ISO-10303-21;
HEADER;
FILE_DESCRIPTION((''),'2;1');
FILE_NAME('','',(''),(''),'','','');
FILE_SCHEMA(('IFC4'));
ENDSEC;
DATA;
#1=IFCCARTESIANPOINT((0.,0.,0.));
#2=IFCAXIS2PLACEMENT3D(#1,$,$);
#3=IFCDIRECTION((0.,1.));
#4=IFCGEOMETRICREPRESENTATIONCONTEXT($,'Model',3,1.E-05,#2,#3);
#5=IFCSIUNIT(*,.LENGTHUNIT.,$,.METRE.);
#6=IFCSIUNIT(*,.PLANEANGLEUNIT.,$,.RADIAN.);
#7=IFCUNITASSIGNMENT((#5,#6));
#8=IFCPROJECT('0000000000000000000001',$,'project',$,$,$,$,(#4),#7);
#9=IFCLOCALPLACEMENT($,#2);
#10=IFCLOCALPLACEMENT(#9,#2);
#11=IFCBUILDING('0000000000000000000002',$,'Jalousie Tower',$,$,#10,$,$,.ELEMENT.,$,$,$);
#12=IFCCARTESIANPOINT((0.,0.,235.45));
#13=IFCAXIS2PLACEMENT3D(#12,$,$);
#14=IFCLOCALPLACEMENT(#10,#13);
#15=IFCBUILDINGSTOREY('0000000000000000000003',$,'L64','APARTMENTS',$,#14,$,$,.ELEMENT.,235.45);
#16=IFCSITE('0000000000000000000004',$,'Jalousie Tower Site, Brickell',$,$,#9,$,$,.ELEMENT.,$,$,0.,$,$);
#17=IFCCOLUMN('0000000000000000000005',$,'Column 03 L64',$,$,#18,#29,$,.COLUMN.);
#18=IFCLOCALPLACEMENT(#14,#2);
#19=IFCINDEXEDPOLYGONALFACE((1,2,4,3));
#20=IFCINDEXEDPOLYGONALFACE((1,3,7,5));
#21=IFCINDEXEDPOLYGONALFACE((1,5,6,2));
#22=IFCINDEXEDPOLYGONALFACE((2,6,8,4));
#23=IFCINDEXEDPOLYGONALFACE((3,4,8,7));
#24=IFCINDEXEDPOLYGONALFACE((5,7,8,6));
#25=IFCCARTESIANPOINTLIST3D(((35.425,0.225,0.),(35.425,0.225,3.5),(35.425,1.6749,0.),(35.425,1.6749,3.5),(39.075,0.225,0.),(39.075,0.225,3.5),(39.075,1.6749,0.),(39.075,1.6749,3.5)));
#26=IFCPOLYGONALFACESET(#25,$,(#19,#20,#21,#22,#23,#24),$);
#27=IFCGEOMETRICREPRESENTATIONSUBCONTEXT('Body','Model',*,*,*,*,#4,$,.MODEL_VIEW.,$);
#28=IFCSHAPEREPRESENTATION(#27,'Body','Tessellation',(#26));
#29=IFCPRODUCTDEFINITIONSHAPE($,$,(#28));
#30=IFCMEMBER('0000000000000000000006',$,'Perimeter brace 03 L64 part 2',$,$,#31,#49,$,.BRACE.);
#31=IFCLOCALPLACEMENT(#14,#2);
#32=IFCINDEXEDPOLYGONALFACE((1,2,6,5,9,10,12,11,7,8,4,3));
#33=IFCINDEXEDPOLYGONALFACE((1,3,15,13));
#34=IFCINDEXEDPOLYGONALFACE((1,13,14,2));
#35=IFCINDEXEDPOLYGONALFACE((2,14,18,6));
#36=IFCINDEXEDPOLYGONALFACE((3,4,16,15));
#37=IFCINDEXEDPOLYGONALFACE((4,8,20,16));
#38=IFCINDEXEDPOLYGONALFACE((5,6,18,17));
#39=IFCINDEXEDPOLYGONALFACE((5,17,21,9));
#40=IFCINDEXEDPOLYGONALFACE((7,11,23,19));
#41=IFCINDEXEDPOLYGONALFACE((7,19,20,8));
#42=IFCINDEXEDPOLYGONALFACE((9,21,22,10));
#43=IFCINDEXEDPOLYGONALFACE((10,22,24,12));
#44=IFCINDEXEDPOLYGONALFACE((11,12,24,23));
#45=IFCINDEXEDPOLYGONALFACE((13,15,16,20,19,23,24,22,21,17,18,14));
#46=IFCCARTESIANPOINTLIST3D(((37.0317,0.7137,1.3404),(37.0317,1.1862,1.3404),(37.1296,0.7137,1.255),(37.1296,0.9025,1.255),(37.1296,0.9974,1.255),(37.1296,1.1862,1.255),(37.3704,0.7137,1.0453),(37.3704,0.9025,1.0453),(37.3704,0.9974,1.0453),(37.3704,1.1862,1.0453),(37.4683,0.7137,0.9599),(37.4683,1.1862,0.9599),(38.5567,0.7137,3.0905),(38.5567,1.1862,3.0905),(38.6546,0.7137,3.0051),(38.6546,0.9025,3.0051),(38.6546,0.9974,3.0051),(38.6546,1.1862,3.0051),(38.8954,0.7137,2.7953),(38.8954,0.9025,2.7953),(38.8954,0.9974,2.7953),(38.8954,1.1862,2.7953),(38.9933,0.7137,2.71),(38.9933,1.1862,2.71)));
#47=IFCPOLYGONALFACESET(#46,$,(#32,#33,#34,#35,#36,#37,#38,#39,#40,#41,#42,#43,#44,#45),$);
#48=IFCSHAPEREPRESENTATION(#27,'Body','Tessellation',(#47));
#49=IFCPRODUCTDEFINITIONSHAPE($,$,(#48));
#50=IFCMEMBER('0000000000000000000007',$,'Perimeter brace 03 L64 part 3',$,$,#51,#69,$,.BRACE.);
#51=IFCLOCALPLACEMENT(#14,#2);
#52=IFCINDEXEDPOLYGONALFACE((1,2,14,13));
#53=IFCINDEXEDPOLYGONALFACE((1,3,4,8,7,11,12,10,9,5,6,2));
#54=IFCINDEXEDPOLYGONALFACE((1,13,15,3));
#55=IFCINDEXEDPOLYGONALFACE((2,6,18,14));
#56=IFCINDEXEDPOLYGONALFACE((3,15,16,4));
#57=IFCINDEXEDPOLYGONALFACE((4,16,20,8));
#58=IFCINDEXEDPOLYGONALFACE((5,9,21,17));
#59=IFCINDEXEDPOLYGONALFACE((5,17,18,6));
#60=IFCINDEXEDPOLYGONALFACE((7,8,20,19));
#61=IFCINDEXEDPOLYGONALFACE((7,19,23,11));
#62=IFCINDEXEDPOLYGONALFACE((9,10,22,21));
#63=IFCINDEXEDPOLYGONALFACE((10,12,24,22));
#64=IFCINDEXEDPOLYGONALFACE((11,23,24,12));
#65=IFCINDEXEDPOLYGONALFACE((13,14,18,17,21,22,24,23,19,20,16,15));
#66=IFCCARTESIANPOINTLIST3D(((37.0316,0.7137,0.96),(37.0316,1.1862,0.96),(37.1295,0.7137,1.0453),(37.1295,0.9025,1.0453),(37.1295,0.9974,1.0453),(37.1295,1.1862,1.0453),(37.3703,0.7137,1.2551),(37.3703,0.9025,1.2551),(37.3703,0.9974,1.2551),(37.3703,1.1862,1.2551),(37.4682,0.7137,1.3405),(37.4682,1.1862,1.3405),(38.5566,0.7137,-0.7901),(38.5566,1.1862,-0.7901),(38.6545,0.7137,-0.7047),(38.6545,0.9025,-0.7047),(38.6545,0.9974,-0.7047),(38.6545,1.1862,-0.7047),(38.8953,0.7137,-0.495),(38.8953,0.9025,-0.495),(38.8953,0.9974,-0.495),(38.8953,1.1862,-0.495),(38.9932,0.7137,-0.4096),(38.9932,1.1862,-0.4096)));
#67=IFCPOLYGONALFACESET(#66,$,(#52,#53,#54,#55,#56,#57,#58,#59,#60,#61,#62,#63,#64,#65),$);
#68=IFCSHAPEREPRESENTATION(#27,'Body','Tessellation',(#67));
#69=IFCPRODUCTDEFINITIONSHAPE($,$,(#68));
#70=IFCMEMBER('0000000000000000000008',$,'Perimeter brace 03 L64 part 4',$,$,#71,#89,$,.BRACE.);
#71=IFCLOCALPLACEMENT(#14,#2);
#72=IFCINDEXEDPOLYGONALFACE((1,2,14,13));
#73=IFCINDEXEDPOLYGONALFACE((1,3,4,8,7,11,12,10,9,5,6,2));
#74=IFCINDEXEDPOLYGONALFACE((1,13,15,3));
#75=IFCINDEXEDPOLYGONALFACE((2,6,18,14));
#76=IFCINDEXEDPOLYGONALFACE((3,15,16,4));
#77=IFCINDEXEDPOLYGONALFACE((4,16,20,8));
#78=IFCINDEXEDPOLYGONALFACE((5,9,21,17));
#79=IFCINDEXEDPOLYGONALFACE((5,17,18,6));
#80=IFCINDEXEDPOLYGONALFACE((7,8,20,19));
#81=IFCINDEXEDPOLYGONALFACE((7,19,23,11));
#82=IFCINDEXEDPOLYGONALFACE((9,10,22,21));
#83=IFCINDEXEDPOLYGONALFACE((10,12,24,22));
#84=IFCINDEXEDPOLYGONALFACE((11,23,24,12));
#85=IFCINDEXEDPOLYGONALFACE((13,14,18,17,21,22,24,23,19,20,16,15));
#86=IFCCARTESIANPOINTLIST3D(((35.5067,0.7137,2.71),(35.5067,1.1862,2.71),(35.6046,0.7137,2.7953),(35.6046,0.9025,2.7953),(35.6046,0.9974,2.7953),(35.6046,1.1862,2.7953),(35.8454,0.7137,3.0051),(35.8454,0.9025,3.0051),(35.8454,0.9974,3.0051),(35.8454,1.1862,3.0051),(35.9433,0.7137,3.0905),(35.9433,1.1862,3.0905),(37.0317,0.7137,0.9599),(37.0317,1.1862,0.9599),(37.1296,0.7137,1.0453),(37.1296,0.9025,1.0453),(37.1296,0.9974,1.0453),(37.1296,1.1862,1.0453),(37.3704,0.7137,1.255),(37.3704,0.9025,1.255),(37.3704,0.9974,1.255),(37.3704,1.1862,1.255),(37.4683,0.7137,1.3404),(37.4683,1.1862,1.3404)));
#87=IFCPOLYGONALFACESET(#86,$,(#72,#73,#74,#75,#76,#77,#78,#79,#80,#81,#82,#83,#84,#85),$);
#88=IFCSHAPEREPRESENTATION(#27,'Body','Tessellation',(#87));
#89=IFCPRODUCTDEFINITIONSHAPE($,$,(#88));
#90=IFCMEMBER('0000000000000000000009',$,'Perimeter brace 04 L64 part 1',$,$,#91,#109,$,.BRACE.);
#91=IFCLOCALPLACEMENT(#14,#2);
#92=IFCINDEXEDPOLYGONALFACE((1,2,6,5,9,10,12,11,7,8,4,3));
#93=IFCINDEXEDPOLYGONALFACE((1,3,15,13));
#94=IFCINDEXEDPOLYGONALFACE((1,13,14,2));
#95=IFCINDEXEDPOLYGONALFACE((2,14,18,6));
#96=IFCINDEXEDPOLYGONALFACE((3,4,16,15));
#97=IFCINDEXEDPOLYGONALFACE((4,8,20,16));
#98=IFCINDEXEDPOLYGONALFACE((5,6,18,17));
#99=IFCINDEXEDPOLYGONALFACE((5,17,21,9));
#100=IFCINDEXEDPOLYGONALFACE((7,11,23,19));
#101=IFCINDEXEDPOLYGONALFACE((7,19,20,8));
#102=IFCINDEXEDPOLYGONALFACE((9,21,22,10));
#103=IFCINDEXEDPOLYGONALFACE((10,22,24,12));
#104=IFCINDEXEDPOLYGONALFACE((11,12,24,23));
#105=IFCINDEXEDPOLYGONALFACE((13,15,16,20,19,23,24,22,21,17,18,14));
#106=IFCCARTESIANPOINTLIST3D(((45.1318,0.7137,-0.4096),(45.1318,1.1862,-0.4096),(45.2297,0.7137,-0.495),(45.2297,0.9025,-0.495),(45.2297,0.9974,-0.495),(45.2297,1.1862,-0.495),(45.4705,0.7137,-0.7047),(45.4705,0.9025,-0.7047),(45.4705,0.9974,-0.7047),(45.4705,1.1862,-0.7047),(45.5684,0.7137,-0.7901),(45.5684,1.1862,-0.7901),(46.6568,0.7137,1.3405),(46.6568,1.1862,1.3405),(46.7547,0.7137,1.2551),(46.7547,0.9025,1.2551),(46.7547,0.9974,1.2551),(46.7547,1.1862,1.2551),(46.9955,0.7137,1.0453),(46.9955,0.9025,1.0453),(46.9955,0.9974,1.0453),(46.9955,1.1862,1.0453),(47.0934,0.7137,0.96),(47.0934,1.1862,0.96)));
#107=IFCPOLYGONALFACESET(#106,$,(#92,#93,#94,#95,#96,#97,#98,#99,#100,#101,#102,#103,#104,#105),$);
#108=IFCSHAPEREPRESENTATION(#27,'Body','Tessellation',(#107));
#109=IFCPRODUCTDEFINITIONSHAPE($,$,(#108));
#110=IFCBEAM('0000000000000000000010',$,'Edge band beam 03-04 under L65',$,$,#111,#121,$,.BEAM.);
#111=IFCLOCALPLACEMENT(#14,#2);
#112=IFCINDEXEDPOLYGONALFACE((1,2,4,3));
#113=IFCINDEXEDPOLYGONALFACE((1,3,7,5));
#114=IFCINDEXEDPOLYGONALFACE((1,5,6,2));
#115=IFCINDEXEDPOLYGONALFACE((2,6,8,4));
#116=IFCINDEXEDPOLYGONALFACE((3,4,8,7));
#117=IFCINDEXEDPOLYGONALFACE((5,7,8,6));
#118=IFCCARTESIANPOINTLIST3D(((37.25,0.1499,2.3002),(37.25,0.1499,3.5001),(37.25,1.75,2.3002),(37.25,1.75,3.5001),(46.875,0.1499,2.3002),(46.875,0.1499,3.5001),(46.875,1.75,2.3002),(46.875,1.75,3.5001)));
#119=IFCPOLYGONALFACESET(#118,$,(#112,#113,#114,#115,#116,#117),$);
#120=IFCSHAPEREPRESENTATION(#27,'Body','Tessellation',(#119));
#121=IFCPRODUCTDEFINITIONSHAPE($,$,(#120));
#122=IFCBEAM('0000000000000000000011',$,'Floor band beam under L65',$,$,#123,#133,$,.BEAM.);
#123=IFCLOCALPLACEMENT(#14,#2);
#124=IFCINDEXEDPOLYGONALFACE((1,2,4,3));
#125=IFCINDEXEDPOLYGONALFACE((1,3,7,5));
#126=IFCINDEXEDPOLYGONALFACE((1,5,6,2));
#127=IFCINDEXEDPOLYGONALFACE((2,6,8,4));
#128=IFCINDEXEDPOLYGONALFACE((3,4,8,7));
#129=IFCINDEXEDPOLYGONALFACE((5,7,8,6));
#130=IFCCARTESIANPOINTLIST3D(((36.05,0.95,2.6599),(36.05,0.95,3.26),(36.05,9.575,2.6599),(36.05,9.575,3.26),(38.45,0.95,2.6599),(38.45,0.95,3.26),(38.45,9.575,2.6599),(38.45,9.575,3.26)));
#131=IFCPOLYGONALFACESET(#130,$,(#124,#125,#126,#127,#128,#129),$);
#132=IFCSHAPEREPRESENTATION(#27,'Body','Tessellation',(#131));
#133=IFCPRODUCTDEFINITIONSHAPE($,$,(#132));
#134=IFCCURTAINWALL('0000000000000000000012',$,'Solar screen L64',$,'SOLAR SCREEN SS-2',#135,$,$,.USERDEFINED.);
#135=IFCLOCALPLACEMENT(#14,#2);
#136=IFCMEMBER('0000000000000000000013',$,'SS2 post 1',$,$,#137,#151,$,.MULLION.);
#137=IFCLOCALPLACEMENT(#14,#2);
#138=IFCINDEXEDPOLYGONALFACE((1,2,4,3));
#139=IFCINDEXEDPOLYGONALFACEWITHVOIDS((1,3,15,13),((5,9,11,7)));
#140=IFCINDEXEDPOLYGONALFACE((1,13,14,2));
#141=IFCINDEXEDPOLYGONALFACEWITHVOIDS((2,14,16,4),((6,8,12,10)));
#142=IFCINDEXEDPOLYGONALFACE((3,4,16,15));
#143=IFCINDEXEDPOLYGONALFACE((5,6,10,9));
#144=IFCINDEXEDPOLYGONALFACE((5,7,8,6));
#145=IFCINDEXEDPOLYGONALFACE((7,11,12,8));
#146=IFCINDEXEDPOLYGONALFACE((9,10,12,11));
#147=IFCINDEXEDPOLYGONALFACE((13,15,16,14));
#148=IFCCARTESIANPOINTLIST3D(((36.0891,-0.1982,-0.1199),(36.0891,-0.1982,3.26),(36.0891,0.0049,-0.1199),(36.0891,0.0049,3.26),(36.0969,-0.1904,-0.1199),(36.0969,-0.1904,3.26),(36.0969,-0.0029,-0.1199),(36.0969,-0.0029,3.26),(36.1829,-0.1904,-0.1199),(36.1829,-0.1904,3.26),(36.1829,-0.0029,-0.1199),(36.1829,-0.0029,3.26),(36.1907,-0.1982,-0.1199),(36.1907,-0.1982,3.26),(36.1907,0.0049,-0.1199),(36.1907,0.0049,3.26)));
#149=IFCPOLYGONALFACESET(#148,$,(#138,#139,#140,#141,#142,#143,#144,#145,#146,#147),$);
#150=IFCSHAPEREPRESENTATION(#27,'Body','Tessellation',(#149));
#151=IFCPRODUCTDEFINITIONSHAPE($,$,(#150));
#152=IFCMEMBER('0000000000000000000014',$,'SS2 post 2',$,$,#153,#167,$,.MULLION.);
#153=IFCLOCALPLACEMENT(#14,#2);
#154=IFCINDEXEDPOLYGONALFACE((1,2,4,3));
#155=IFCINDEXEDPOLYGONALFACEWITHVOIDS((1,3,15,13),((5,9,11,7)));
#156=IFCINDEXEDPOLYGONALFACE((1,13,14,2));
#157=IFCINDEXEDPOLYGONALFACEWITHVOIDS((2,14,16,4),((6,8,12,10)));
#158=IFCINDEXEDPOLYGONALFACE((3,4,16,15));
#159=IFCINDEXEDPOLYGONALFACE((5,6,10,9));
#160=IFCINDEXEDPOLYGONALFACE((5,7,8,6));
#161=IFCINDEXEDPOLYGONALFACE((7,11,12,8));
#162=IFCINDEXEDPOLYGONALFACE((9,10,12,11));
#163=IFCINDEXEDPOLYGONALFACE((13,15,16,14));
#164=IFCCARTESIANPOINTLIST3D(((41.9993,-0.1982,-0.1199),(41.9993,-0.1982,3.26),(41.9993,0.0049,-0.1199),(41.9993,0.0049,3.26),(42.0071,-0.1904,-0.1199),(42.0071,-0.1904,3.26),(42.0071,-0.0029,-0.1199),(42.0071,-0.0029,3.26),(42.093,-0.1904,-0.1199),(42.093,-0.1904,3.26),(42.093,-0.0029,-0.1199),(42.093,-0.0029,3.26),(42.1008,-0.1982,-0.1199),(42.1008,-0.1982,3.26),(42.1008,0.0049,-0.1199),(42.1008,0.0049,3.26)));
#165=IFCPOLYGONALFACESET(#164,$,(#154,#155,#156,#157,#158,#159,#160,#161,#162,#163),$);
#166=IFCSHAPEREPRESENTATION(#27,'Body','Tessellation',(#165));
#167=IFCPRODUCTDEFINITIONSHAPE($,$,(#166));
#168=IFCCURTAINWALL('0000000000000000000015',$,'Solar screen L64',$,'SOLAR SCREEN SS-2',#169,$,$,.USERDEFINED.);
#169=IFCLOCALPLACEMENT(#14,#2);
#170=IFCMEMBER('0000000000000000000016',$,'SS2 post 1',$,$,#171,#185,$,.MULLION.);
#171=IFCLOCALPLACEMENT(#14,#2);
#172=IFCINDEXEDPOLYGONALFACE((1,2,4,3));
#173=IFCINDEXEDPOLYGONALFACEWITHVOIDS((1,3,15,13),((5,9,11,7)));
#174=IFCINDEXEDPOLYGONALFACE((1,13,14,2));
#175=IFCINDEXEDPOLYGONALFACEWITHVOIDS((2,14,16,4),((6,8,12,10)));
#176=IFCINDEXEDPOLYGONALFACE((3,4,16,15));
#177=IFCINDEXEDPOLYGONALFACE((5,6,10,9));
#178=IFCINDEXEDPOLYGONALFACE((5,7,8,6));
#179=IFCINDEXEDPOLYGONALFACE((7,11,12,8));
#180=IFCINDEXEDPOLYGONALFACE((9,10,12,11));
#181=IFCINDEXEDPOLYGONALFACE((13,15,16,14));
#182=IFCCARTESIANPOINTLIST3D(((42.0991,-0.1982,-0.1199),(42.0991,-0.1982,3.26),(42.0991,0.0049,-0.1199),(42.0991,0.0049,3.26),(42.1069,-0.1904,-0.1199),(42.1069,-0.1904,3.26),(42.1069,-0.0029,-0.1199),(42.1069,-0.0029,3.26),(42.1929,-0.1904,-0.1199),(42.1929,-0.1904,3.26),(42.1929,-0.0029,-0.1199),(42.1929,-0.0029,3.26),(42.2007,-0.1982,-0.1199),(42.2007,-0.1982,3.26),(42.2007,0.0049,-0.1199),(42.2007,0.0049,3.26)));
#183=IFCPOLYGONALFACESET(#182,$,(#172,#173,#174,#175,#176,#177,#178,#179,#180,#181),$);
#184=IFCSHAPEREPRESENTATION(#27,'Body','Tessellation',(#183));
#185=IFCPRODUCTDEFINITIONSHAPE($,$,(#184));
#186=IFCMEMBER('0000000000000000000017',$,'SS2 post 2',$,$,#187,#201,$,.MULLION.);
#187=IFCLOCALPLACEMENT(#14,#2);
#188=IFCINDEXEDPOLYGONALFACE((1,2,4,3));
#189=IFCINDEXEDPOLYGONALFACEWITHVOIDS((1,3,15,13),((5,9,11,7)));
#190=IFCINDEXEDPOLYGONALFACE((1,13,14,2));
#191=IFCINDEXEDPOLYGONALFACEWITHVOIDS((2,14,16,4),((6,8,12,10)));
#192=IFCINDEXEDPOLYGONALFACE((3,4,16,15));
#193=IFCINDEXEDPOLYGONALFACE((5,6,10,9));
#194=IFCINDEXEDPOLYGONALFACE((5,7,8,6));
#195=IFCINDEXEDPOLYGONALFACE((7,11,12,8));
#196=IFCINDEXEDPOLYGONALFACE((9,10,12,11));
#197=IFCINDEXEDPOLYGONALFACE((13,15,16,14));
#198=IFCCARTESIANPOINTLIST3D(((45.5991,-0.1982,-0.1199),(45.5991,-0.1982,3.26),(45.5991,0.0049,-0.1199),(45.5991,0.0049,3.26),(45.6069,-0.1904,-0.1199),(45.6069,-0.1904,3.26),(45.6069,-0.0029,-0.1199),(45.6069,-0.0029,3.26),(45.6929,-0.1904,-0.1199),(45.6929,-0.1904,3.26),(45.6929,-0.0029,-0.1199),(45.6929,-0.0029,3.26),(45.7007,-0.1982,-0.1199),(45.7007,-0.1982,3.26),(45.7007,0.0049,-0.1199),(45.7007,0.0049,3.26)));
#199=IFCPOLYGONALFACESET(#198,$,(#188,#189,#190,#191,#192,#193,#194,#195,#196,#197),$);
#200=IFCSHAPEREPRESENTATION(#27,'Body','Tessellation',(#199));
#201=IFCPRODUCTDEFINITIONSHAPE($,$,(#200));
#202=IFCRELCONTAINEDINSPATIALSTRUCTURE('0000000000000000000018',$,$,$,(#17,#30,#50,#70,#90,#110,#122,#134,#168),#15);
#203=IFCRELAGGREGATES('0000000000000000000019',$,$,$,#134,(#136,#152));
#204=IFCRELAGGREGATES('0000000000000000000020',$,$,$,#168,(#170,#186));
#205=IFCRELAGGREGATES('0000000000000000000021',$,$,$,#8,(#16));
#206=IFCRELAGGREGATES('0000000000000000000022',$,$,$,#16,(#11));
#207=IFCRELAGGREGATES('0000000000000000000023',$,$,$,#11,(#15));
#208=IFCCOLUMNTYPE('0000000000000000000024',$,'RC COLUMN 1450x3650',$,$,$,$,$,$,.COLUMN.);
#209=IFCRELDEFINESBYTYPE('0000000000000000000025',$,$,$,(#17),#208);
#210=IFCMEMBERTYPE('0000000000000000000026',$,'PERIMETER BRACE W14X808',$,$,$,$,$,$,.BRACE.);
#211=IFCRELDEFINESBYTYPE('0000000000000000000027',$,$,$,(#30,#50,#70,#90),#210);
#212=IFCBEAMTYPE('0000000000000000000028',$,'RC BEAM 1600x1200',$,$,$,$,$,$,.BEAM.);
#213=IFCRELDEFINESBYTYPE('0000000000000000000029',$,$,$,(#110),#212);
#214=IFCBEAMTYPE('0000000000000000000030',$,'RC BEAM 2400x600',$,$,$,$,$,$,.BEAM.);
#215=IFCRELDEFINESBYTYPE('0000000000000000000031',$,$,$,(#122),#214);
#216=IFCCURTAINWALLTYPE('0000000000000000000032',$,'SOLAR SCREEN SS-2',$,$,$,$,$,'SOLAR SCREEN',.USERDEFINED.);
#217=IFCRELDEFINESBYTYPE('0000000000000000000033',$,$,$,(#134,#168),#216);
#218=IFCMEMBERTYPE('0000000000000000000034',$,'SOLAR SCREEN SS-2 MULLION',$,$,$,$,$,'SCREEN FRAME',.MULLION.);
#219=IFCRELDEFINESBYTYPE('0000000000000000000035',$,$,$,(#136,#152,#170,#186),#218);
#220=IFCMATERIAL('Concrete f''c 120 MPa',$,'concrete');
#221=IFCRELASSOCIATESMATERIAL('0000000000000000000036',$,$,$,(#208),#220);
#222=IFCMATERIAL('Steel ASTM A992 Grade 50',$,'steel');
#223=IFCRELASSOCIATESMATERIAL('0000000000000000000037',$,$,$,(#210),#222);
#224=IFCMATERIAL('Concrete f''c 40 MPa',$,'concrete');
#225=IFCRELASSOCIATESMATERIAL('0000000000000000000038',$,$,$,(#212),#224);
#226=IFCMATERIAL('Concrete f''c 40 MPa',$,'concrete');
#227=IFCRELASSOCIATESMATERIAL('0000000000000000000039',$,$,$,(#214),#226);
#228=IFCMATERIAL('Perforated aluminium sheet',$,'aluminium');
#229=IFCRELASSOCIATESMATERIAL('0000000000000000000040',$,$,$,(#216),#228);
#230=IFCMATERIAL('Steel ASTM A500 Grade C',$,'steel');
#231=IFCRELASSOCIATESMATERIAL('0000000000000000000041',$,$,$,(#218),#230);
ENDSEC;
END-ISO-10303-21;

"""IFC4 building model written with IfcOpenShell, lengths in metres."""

from ifc_helpers import new_model, si_unit, direction, frame, origin, origin_2d, place, context, subcontext, project, spatial, rectangle, hollow_rectangle, i_section, extrude, material, material_profile, profile_set, type_object, element, aggregate, save


model = new_model("IFC4")

# Units and contexts
model_context = context("Model", 3, precision=1e-05, world=origin(), true_north=direction((0.0, 1.0)))
body_context = subcontext(model_context, "Body", "Model", "MODEL_VIEW")
ifc_project = project(units=[si_unit("LENGTHUNIT", "METRE"), si_unit("PLANEANGLEUNIT", "RADIAN")], contexts=[model_context])

# Site, building, storey
site_placement = place(None, origin())
site = spatial("IfcSite", under=ifc_project, at=site_placement, Name="Jalousie Tower Site, Brickell", CompositionType="ELEMENT", RefElevation=0.0)
building_placement = place(site_placement, origin())
building = spatial("IfcBuilding", under=site, at=building_placement, Name="Jalousie Tower", CompositionType="ELEMENT")
storey_placement = place(building_placement, frame((0.0, 0.0, 235.45)))
storey = spatial("IfcBuildingStorey", under=building, at=storey_placement, Name="L64", Description="APARTMENTS", CompositionType="ELEMENT", Elevation=235.45)

# Column
ifc_material_1 = material(Name="Concrete f'c 120 MPa", Category="concrete")
ifc_material_profile_1 = material_profile(ifc_material_1, rectangle(XDim=1.45, YDim=3.6499, at=origin_2d()), Name="RC 1450x3650")
ifc_profile_set_1 = profile_set([ifc_material_profile_1], Name="Concrete f'c 120 MPa")
column_type = type_object("IfcColumnType", Name="RC COLUMN 1450x3650", PredefinedType="COLUMN", material=ifc_profile_set_1)
column_placement = place(storey_placement, frame((37.25, 0.95, 0.0), z_axis=(0.0, 0.0, 1.0), x_axis=(0.0, 1.0, 0.0)))
element("IfcColumn", 1, at=column_placement, inside=storey, type_object=column_type, Name="Column 03 L64", PredefinedType="COLUMN", context=body_context, shape_type="SweptSolid", body=[
    extrude(rectangle(XDim=1.45, YDim=3.6499, at=origin_2d()), origin(), (0.0, 0.0, 1.0), 3.5),
])

# Members
ifc_material_2 = material(Name="Steel ASTM A992 Grade 50", Category="steel")
ifc_material_profile_2 = material_profile(ifc_material_2, i_section(OverallWidth=0.4724, OverallDepth=0.5791, WebThickness=0.095, FlangeThickness=0.1299, at=origin_2d()), Name="W14X808")
ifc_profile_set_2 = profile_set([ifc_material_profile_2], Name="Steel ASTM A992 Grade 50")
member_type_1 = type_object("IfcMemberType", Name="PERIMETER BRACE W14X808", PredefinedType="BRACE", material=ifc_profile_set_2)
for number, where, z_axis, x_axis, name in (
    (2, (37.25, 0.95, 1.1501), (0.656954, 0.0, 0.75393), (0.0, 1.0, 0.0), "Perimeter brace 03 L64 part 2"),
    (3, (38.7749, 0.95, -0.5999), (-0.656954, 0.0, 0.75393), (0.0, -1.0, 0.0), "Perimeter brace 03 L64 part 3"),
    (4, (37.25, 0.95, 1.1501), (-0.656954, 0.0, 0.75393), (0.0, -1.0, 0.0), "Perimeter brace 03 L64 part 4"),
    (5, (45.3501, 0.95, -0.5999), (0.656954, 0.0, 0.75393), (0.0, 1.0, 0.0), "Perimeter brace 04 L64 part 1"),
):
    element("IfcMember", number, at=place(storey_placement, frame(where, z_axis=z_axis, x_axis=x_axis)), inside=storey, type_object=member_type_1, Name=name, PredefinedType="BRACE", context=body_context, shape_type="SweptSolid", body=[
        extrude(i_section(OverallWidth=0.4724, OverallDepth=0.5791, WebThickness=0.095, FlangeThickness=0.1299, at=origin_2d()), origin(), (0.0, 0.0, 1.0), 2.3213),
    ])

# Beams
ifc_material_3 = material(Name="Concrete f'c 40 MPa", Category="concrete")
ifc_material_profile_3 = material_profile(ifc_material_3, rectangle(XDim=1.6001, YDim=1.2, at=origin_2d()), Name="RC 1600x1200")
ifc_profile_set_3 = profile_set([ifc_material_profile_3], Name="Concrete f'c 40 MPa")
beam_type_1 = type_object("IfcBeamType", Name="RC BEAM 1600x1200", PredefinedType="BEAM", material=ifc_profile_set_3)
beam_1_placement = place(storey_placement, frame((37.25, 0.95, 2.9001), z_axis=(1.0, 0.0, 0.0), x_axis=(0.0, 1.0, 0.0)))
element("IfcBeam", 6, at=beam_1_placement, inside=storey, type_object=beam_type_1, Name="Edge band beam 03-04 under L65", PredefinedType="BEAM", context=body_context, shape_type="SweptSolid", body=[
    extrude(rectangle(XDim=1.6001, YDim=1.2, at=origin_2d()), origin(), (0.0, 0.0, 1.0), 9.625),
])
ifc_material_4 = material(Name="Concrete f'c 40 MPa", Category="concrete")
ifc_material_profile_4 = material_profile(ifc_material_4, rectangle(XDim=2.3999, YDim=0.6001, at=origin_2d()), Name="RC 2400x600")
ifc_profile_set_4 = profile_set([ifc_material_profile_4], Name="Concrete f'c 40 MPa")
beam_type_2 = type_object("IfcBeamType", Name="RC BEAM 2400x600", PredefinedType="BEAM", material=ifc_profile_set_4)
beam_2_placement = place(storey_placement, frame((37.25, 0.95, 2.96), z_axis=(0.0, 1.0, 0.0), x_axis=(-1.0, 0.0, 0.0)))
element("IfcBeam", 7, at=beam_2_placement, inside=storey, type_object=beam_type_2, Name="Floor band beam under L65", PredefinedType="BEAM", context=body_context, shape_type="SweptSolid", body=[
    extrude(rectangle(XDim=2.3999, YDim=0.6001, at=origin_2d()), origin(), (0.0, 0.0, 1.0), 8.625),
])

# Curtain walls, members
ifc_material_5 = material(Name="Perforated aluminium sheet", Category="aluminium")
curtain_wall_type = type_object("IfcCurtainWallType", Name="SOLAR SCREEN SS-2", ElementType="SOLAR SCREEN", PredefinedType="USERDEFINED", material=ifc_material_5)
curtain_wall_1_placement = place(storey_placement, origin())
curtain_wall_1 = element("IfcCurtainWall", 8, at=curtain_wall_1_placement, inside=storey, type_object=curtain_wall_type, Name="Solar screen L64", ObjectType="SOLAR SCREEN SS-2", PredefinedType="USERDEFINED")
ifc_material_6 = material(Name="Steel ASTM A500 Grade C", Category="steel")
ifc_material_profile_5 = material_profile(ifc_material_6, hollow_rectangle(XDim=0.1016, YDim=0.2031, WallThickness=0.0078, at=origin_2d()), Name="HSS8X4X5/16")
ifc_profile_set_5 = profile_set([ifc_material_profile_5], Name="Steel ASTM A500 Grade C")
member_type_2 = type_object("IfcMemberType", Name="SOLAR SCREEN SS-2 MULLION", ElementType="SCREEN FRAME", PredefinedType="MULLION", material=ifc_profile_set_5)
member_1_placement = place(storey_placement, frame((36.1399, -0.0967, -0.1199), z_axis=(0.0, 0.0, 1.0), x_axis=(1.0, 0.0, 0.0)))
member_1 = element("IfcMember", 9, at=member_1_placement, type_object=member_type_2, Name="SS2 post 1", PredefinedType="MULLION", context=body_context, shape_type="SweptSolid", body=[
    extrude(hollow_rectangle(XDim=0.1016, YDim=0.2031, WallThickness=0.0078, at=origin_2d()), origin(), (0.0, 0.0, 1.0), 3.3799),
])
member_2_placement = place(storey_placement, frame((42.05, -0.0967, -0.1199), z_axis=(0.0, 0.0, 1.0), x_axis=(1.0, 0.0, 0.0)))
member_2 = element("IfcMember", 10, at=member_2_placement, type_object=member_type_2, Name="SS2 post 2", PredefinedType="MULLION", context=body_context, shape_type="SweptSolid", body=[
    extrude(hollow_rectangle(XDim=0.1016, YDim=0.2031, WallThickness=0.0078, at=origin_2d()), origin(), (0.0, 0.0, 1.0), 3.3799),
])
curtain_wall_2_placement = place(storey_placement, origin())
curtain_wall_2 = element("IfcCurtainWall", 11, at=curtain_wall_2_placement, inside=storey, type_object=curtain_wall_type, Name="Solar screen L64", ObjectType="SOLAR SCREEN SS-2", PredefinedType="USERDEFINED")
member_3_placement = place(storey_placement, frame((42.1499, -0.0967, -0.1199), z_axis=(0.0, 0.0, 1.0), x_axis=(1.0, 0.0, 0.0)))
member_3 = element("IfcMember", 12, at=member_3_placement, type_object=member_type_2, Name="SS2 post 1", PredefinedType="MULLION", context=body_context, shape_type="SweptSolid", body=[
    extrude(hollow_rectangle(XDim=0.1016, YDim=0.2031, WallThickness=0.0078, at=origin_2d()), origin(), (0.0, 0.0, 1.0), 3.3799),
])
member_4_placement = place(storey_placement, frame((45.6499, -0.0967, -0.1199), z_axis=(0.0, 0.0, 1.0), x_axis=(1.0, 0.0, 0.0)))
member_4 = element("IfcMember", 13, at=member_4_placement, type_object=member_type_2, Name="SS2 post 2", PredefinedType="MULLION", context=body_context, shape_type="SweptSolid", body=[
    extrude(hollow_rectangle(XDim=0.1016, YDim=0.2031, WallThickness=0.0078, at=origin_2d()), origin(), (0.0, 0.0, 1.0), 3.3799),
])

aggregate(curtain_wall_1, [member_1, member_2])
aggregate(curtain_wall_2, [member_3, member_4])

save(model, "model.ifc")
